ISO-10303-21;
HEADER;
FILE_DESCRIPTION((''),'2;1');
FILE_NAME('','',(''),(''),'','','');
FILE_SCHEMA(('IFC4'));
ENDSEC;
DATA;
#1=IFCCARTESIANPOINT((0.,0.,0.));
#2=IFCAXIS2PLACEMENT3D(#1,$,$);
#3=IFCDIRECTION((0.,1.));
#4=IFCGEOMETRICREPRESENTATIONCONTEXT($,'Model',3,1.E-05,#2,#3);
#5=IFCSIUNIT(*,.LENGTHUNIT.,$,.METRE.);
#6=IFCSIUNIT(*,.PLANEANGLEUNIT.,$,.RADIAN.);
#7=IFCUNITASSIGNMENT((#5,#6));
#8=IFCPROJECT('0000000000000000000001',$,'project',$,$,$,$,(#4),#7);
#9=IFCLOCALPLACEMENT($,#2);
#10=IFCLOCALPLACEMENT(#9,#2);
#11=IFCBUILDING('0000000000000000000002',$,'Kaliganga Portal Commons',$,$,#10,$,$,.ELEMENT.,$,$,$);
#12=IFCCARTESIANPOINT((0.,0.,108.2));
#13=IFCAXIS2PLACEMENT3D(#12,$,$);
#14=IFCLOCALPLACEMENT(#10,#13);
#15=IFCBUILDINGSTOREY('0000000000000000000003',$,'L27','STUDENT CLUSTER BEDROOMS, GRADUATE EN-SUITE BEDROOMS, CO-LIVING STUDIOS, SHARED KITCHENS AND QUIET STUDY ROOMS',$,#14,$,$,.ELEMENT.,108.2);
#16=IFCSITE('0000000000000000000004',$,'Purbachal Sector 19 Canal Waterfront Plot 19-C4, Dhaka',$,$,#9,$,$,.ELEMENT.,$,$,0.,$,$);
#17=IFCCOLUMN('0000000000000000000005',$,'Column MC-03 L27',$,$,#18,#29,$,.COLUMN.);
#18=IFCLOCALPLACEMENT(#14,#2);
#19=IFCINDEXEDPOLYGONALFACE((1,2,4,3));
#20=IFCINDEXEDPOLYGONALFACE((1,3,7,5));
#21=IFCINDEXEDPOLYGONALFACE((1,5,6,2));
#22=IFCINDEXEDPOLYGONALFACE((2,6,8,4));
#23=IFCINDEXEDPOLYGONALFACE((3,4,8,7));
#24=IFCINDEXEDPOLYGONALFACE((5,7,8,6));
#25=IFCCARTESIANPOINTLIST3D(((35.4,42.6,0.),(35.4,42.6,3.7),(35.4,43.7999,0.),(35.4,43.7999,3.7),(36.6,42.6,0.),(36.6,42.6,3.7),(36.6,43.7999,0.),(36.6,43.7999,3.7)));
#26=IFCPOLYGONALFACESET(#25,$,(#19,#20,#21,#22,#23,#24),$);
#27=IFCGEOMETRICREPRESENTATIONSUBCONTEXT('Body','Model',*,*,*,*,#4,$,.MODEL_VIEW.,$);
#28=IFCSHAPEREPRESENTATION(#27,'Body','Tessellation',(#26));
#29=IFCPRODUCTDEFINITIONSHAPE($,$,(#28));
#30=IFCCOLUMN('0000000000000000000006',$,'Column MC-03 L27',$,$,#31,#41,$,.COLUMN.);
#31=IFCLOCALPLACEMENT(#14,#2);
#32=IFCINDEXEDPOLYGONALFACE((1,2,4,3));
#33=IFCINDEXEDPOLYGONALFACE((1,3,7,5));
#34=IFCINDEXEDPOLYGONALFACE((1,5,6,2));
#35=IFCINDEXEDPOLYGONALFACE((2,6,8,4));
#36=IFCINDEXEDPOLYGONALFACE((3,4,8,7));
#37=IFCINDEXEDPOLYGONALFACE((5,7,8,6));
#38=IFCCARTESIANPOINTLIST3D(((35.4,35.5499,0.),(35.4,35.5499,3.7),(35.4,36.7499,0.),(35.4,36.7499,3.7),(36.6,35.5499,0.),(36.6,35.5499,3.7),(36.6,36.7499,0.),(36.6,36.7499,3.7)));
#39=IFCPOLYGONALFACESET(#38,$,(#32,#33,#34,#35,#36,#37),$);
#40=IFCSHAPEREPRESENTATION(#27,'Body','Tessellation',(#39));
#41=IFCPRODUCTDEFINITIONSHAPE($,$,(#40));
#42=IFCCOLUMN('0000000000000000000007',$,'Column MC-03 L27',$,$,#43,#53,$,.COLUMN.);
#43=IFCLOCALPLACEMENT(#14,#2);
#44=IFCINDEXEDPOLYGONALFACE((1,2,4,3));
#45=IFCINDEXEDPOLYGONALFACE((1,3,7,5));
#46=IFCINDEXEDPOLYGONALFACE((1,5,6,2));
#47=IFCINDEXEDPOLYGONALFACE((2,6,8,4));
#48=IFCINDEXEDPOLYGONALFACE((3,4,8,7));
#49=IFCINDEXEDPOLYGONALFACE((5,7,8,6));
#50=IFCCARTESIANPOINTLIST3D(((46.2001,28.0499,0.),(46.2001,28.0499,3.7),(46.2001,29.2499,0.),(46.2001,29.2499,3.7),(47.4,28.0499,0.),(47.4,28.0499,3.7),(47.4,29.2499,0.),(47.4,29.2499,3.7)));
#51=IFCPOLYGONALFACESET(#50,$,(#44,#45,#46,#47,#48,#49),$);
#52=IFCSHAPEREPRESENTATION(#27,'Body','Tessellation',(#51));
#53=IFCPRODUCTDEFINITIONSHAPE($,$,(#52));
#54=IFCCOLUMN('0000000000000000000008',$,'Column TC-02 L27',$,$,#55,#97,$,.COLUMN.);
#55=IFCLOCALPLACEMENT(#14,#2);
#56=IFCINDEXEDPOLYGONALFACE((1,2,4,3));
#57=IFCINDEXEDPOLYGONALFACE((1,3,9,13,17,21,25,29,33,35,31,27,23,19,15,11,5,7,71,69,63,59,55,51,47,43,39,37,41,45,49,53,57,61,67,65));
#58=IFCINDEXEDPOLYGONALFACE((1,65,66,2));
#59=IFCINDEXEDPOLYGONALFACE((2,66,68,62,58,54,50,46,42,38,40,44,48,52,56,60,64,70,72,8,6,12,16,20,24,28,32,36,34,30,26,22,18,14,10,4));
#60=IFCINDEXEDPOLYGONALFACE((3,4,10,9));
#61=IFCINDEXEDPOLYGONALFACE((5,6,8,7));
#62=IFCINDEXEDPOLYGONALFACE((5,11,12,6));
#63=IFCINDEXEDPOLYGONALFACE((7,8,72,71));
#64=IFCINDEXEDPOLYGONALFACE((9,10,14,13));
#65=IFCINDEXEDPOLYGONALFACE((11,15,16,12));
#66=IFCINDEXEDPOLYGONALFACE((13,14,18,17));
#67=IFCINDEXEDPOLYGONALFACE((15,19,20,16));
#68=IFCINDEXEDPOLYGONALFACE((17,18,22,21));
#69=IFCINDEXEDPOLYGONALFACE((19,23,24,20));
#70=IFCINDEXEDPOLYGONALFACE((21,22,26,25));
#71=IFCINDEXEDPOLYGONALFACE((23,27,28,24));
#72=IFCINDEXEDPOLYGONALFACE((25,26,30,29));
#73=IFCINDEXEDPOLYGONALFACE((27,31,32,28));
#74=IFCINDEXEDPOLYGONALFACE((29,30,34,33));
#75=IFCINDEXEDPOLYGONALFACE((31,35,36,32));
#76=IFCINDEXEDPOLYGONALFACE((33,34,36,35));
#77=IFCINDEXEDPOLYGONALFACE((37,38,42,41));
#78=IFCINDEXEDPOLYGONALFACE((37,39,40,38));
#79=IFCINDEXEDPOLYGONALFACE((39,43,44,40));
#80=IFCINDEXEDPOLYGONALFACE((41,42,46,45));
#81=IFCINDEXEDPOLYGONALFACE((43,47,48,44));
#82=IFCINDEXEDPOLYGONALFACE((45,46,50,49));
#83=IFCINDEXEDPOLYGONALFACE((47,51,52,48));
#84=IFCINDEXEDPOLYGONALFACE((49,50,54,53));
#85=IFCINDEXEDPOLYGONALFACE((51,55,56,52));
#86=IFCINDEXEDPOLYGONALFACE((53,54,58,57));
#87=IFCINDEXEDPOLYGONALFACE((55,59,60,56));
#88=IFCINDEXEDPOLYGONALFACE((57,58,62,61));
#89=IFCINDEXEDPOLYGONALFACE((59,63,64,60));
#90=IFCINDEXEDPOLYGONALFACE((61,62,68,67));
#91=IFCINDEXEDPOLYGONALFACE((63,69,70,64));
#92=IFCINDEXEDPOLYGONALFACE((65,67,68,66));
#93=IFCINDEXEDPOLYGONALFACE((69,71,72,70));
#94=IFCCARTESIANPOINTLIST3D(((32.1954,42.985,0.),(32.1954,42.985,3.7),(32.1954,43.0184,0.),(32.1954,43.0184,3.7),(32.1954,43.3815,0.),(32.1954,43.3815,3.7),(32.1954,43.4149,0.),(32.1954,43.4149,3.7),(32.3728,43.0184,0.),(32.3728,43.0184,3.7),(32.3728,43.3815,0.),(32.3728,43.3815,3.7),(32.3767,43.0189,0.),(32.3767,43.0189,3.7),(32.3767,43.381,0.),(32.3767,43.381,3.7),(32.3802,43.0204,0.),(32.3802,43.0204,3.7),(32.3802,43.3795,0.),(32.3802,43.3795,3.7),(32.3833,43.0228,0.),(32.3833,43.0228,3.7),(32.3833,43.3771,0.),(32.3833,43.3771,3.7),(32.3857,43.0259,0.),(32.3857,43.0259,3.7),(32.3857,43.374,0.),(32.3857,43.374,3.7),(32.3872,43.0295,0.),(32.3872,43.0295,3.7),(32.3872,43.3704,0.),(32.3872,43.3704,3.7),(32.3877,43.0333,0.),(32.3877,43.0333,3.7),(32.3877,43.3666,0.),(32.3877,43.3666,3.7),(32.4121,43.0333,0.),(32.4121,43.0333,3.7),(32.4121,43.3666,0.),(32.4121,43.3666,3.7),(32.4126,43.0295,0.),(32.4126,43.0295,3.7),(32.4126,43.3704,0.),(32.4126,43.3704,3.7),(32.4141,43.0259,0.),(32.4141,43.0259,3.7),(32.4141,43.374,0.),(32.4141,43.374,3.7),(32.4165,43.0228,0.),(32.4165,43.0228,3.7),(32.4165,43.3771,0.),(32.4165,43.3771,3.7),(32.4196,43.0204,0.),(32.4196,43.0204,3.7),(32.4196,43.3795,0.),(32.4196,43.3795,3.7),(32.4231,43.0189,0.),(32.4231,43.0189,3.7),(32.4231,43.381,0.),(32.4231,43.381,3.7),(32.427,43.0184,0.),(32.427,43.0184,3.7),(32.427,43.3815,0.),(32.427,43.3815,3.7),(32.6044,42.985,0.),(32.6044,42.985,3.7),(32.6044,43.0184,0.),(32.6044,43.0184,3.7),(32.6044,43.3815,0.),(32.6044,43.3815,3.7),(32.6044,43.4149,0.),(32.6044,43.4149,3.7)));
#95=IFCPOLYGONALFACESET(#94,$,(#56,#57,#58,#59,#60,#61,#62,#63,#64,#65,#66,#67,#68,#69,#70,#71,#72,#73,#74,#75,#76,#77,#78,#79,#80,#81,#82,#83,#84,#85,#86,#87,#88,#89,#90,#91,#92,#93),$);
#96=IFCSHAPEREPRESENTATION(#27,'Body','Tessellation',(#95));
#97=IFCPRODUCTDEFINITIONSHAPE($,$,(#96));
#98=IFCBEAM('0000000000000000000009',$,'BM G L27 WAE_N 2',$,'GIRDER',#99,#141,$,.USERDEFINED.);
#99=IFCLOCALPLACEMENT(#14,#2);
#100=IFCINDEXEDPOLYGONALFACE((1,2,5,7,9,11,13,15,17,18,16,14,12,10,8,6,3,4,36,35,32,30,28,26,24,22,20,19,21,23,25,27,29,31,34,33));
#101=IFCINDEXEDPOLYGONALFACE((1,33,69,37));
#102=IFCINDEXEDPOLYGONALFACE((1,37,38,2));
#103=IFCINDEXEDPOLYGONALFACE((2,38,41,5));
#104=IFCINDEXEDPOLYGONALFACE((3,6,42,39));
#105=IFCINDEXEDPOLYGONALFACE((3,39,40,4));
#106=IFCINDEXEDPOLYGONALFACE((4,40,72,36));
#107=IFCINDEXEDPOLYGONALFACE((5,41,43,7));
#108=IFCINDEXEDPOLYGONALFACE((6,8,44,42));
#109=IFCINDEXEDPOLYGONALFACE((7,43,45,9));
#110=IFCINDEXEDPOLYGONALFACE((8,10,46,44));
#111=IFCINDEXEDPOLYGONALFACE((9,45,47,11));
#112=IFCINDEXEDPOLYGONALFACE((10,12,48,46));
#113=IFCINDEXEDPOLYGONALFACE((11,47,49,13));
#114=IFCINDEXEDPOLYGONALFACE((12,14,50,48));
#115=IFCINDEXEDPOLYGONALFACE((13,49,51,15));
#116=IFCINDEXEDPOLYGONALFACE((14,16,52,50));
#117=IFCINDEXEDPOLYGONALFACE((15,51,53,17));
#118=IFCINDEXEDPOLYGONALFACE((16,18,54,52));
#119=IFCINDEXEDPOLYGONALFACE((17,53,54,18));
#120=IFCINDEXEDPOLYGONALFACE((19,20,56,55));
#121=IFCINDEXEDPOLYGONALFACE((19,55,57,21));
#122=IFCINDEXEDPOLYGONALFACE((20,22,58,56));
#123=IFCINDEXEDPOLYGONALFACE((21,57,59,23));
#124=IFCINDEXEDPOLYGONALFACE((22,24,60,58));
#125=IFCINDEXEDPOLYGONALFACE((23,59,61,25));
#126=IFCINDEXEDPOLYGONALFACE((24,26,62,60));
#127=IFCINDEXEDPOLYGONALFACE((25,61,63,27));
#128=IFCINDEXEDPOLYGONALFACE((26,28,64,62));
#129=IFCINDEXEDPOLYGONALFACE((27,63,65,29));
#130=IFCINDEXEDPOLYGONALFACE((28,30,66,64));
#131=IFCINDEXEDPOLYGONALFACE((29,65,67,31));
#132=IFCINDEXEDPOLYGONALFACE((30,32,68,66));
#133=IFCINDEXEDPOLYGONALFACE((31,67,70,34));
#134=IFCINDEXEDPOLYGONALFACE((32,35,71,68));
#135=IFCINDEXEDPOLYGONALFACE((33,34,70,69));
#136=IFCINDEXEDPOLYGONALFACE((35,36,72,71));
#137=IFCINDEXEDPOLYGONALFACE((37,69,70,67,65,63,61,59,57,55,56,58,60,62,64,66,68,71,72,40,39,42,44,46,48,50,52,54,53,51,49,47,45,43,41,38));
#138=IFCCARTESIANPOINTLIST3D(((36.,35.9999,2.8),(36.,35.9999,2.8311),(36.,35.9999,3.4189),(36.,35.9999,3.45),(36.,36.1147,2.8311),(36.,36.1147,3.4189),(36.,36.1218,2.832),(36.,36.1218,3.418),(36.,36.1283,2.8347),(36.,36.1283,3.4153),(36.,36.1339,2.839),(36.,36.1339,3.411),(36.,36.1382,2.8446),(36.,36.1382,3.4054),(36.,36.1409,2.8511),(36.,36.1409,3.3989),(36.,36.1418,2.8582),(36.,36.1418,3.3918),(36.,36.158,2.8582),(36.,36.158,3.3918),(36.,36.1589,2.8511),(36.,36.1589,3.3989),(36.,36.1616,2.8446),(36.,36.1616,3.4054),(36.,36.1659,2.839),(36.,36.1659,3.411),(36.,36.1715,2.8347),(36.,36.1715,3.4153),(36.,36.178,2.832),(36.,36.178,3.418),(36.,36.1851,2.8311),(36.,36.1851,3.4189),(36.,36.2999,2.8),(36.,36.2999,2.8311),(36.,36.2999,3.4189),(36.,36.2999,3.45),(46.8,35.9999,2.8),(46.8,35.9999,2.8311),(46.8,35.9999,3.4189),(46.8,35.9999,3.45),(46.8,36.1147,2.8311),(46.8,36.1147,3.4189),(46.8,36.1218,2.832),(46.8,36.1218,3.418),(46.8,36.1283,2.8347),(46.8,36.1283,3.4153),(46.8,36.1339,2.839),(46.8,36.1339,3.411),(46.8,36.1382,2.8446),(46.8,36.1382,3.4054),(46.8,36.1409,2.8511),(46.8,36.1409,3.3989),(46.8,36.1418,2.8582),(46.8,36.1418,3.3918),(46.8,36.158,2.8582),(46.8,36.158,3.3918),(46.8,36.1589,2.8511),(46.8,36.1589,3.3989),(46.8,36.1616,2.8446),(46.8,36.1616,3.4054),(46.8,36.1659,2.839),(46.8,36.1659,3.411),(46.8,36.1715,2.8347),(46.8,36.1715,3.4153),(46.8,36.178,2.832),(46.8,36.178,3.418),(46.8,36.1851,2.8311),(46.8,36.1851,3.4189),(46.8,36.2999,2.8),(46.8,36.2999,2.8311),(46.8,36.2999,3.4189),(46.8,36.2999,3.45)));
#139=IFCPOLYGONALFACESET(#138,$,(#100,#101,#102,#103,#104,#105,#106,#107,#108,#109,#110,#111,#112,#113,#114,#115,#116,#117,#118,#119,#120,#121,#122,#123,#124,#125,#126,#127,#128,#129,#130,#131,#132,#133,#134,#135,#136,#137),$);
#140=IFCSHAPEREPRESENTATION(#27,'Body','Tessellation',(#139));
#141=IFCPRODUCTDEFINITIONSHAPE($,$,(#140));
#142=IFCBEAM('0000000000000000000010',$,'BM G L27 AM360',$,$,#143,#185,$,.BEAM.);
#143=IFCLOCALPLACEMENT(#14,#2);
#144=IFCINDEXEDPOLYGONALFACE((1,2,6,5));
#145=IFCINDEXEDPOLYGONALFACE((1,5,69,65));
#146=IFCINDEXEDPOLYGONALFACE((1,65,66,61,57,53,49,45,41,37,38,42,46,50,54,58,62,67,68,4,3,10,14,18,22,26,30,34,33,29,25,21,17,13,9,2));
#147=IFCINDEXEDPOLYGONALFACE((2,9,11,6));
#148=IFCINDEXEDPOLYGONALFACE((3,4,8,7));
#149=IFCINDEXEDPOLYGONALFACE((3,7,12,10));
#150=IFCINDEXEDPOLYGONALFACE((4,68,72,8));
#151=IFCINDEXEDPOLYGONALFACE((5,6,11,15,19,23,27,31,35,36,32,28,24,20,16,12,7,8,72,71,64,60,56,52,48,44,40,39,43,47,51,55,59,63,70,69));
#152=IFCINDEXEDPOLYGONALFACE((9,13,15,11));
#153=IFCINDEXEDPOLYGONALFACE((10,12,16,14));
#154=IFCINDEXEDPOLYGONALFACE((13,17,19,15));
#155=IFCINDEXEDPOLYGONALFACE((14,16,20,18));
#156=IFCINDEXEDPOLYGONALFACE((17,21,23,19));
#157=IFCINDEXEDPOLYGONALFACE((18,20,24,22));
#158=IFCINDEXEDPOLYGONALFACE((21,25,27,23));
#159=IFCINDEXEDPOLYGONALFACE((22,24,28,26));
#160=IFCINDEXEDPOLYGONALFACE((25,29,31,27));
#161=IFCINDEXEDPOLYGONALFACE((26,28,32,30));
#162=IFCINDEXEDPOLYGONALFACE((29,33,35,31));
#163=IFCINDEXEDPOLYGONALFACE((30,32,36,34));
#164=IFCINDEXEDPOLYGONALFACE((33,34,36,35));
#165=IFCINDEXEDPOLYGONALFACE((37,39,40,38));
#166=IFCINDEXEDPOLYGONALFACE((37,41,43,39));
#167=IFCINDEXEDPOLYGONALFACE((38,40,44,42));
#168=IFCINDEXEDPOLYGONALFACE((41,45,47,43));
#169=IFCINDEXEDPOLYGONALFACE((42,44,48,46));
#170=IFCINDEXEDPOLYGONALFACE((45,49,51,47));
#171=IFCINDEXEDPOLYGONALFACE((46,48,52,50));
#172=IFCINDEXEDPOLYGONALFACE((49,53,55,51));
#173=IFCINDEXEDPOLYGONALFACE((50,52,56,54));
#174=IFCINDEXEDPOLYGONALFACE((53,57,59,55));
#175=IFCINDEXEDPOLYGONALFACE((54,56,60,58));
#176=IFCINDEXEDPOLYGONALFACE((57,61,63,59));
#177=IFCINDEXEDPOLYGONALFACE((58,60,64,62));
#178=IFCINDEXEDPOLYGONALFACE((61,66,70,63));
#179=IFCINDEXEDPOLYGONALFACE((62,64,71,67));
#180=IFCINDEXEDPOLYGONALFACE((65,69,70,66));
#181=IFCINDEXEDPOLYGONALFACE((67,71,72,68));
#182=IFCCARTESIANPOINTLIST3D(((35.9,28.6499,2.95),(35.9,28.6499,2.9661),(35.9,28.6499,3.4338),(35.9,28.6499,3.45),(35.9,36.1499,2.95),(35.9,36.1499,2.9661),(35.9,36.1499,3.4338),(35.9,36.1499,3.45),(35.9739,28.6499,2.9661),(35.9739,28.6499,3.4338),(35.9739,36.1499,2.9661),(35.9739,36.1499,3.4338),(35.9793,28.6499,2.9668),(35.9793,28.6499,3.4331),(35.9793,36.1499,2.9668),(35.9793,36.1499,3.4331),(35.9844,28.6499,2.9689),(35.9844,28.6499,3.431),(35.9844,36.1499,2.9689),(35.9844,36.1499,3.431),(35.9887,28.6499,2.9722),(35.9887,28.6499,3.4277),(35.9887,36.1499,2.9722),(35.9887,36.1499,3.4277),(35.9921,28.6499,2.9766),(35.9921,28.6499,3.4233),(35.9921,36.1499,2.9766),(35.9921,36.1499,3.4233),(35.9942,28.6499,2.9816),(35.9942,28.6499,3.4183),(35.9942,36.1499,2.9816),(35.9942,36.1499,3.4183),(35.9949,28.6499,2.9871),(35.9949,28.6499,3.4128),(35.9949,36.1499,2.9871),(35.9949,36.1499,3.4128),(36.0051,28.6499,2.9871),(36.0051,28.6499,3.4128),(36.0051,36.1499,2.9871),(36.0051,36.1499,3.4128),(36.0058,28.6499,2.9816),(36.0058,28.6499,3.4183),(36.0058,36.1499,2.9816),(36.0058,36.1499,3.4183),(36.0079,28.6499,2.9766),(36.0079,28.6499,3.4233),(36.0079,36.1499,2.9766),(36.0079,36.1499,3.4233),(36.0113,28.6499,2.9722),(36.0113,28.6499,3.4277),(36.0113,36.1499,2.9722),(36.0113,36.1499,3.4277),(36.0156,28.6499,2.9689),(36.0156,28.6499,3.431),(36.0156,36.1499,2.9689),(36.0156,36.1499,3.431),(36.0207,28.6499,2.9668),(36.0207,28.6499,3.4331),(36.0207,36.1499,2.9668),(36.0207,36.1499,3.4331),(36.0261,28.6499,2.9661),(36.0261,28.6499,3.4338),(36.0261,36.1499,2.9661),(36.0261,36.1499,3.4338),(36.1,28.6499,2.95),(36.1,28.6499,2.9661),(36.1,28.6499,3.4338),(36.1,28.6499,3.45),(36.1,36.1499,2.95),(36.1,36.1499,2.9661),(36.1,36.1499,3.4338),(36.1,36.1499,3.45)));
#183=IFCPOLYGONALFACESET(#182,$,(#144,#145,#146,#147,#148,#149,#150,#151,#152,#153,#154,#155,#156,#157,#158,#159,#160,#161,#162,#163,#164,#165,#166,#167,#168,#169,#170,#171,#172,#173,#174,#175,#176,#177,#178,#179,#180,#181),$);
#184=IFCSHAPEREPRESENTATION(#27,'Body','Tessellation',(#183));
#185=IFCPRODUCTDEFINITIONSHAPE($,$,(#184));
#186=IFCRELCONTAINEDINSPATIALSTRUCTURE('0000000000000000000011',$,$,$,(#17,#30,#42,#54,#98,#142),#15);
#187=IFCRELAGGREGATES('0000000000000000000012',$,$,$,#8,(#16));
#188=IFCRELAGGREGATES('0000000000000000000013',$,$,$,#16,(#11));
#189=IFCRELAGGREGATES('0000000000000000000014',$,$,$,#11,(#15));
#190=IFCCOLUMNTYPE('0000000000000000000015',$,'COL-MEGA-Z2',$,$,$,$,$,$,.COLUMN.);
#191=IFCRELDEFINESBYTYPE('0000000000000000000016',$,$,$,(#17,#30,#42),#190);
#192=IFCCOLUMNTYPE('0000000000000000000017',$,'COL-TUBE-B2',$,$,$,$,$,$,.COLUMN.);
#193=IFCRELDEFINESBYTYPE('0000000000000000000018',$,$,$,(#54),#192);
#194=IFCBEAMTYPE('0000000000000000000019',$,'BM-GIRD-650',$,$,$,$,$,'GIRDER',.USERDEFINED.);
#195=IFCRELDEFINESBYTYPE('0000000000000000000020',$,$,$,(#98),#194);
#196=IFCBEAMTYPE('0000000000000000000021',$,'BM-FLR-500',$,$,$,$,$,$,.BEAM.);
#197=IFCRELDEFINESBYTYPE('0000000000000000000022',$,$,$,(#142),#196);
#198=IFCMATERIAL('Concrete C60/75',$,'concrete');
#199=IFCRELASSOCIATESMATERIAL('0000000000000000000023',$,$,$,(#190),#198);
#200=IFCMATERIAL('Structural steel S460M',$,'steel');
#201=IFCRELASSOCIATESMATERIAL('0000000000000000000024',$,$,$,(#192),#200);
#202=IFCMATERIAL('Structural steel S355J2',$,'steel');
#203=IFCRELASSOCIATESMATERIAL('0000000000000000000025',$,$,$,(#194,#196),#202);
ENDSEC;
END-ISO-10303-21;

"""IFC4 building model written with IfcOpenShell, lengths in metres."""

from ifc_helpers import new_model, si_unit, direction, frame, origin, origin_2d, place, context, subcontext, project, spatial, rectangle, i_section, extrude, source, transform, mapped, material, material_profile, profile_set, type_object, element, save


model = new_model("IFC4")

# Units and contexts
model_context = context("Model", 3, precision=1e-05, world=origin(), true_north=direction((0.0, 1.0)))
body_context = subcontext(model_context, "Body", "Model", "MODEL_VIEW")
ifc_project = project(units=[si_unit("LENGTHUNIT", "METRE"), si_unit("PLANEANGLEUNIT", "RADIAN")], contexts=[model_context])

# Site, building, storey
site_placement = place(None, origin())
site = spatial("IfcSite", under=ifc_project, at=site_placement, Name="Purbachal Sector 19 Canal Waterfront Plot 19-C4, Dhaka", CompositionType="ELEMENT", RefElevation=0.0)
building_placement = place(site_placement, origin())
building = spatial("IfcBuilding", under=site, at=building_placement, Name="Kaliganga Portal Commons", CompositionType="ELEMENT")
storey_placement = place(building_placement, frame((0.0, 0.0, 108.2)))
storey = spatial("IfcBuildingStorey", under=building, at=storey_placement, Name="L27", Description="STUDENT CLUSTER BEDROOMS, GRADUATE EN-SUITE BEDROOMS, CO-LIVING STUDIOS, SHARED KITCHENS AND QUIET STUDY ROOMS", CompositionType="ELEMENT", Elevation=108.2)

# Columns
ifc_material_1 = material(Name="Concrete C60/75", Category="concrete")
ifc_material_profile_1 = material_profile(ifc_material_1, rectangle(XDim=1.2, YDim=1.2, at=origin_2d()), Name="RC 1200x1200")
ifc_profile_set_1 = profile_set([ifc_material_profile_1], Name="Concrete C60/75")
column_type_1 = type_object("IfcColumnType", Name="COL-MEGA-Z2", PredefinedType="COLUMN", material=ifc_profile_set_1)
shared_shape_1 = source(origin(), body_context, "Body", "SweptSolid", [
    extrude(rectangle(XDim=1.2, YDim=1.2, at=origin_2d()), origin(), (0.0, 0.0, 1.0), 3.7),
])
for number, where, z_axis, x_axis, name in (
    (1, (36.0, 43.2, 0.0), (0.0, 0.0, 1.0), (1.0, 0.0, 0.0), "Column MC-03 L27"),
    (2, (36.0, 36.1499, 0.0), (0.0, 0.0, 1.0), (1.0, 0.0, 0.0), "Column MC-03 L27"),
    (3, (46.8, 28.6499, 0.0), (0.0, 0.0, 1.0), (1.0, 0.0, 0.0), "Column MC-03 L27"),
):
    element("IfcColumn", number, at=place(storey_placement, frame(where, z_axis=z_axis, x_axis=x_axis)), inside=storey, type_object=column_type_1, Name=name, PredefinedType="COLUMN", context=body_context, shape_type="MappedRepresentation", body=[
        mapped(shared_shape_1, transform((0.0, 0.0, 0.0), x_axis=(1.0, 0.0, 0.0), y_axis=(0.0, 1.0, 0.0), z_axis=(0.0, 0.0, 1.0), scale=1.0)),
    ])
ifc_material_2 = material(Name="Structural steel S460M", Category="steel")
ifc_material_profile_2 = material_profile(ifc_material_2, i_section(OverallWidth=0.4089, OverallDepth=0.4299, WebThickness=0.0244, FlangeThickness=0.0334, FilletRadius=0.0149, at=origin_2d()), Name="HD 400x421")
ifc_profile_set_2 = profile_set([ifc_material_profile_2], Name="Structural steel S460M wide-flange")
column_type_2 = type_object("IfcColumnType", Name="COL-TUBE-B2", PredefinedType="COLUMN", material=ifc_profile_set_2)
shared_shape_2 = source(origin(), body_context, "Body", "SweptSolid", [
    extrude(i_section(OverallWidth=0.4089, OverallDepth=0.4299, WebThickness=0.0244, FlangeThickness=0.0334, FilletRadius=0.0149, at=origin_2d()), origin(), (0.0, 0.0, 1.0), 3.7),
])
column_placement = place(storey_placement, frame((32.3999, 43.2, 0.0), z_axis=(0.0, 0.0, 1.0), x_axis=(1.0, 0.0, 0.0)))
element("IfcColumn", 4, at=column_placement, inside=storey, type_object=column_type_2, Name="Column TC-02 L27", PredefinedType="COLUMN", context=body_context, shape_type="MappedRepresentation", body=[
    mapped(shared_shape_2, transform((0.0, 0.0, 0.0), x_axis=(1.0, 0.0, 0.0), y_axis=(0.0, 1.0, 0.0), z_axis=(0.0, 0.0, 1.0), scale=1.0)),
])

# Beams
ifc_material_3 = material(Name="Structural steel S355J2", Category="steel")
ifc_material_profile_3 = material_profile(ifc_material_3, i_section(OverallWidth=0.3, OverallDepth=0.6499, WebThickness=0.0161, FlangeThickness=0.031, FilletRadius=0.0271, at=origin_2d()), Name="HE 650 B")
ifc_profile_set_3 = profile_set([ifc_material_profile_3], Name="Structural steel S355J2 wide-flange")
beam_type_1 = type_object("IfcBeamType", Name="BM-GIRD-650", ElementType="GIRDER", PredefinedType="USERDEFINED", material=ifc_profile_set_3)
shared_shape_3 = source(origin(), body_context, "Body", "SweptSolid", [
    extrude(i_section(OverallWidth=0.3, OverallDepth=0.6499, WebThickness=0.0161, FlangeThickness=0.031, FilletRadius=0.0271, at=origin_2d()), origin(), (0.0, 0.0, 1.0), 10.8),
])
beam_1_placement = place(storey_placement, frame((36.0, 36.1499, 3.125), z_axis=(1.0, 0.0, 0.0), x_axis=(0.0, 1.0, 0.0)))
element("IfcBeam", 5, at=beam_1_placement, inside=storey, type_object=beam_type_1, Name="BM G L27 WAE_N 2", ObjectType="GIRDER", PredefinedType="USERDEFINED", context=body_context, shape_type="MappedRepresentation", body=[
    mapped(shared_shape_3, transform((0.0, 0.0, 0.0), x_axis=(1.0, 0.0, 0.0), y_axis=(0.0, 1.0, 0.0), z_axis=(0.0, 0.0, 1.0), scale=1.0)),
])
ifc_material_profile_4 = material_profile(ifc_material_3, i_section(OverallWidth=0.2, OverallDepth=0.5, WebThickness=0.0103, FlangeThickness=0.0161, FilletRadius=0.021, at=origin_2d()), Name="IPE 500")
ifc_profile_set_4 = profile_set([ifc_material_profile_4], Name="Structural steel S355J2 wide-flange")
beam_type_2 = type_object("IfcBeamType", Name="BM-FLR-500", PredefinedType="BEAM", material=ifc_profile_set_4)
shared_shape_4 = source(origin(), body_context, "Body", "SweptSolid", [
    extrude(i_section(OverallWidth=0.2, OverallDepth=0.5, WebThickness=0.0103, FlangeThickness=0.0161, FilletRadius=0.021, at=origin_2d()), origin(), (0.0, 0.0, 1.0), 7.5),
])
for number, where, z_axis, x_axis, name in (
    (6, (36.0, 28.6499, 3.2), (0.0, 1.0, 0.0), (-1.0, 0.0, 0.0), "BM G L27 AM360"),
):
    element("IfcBeam", number, at=place(storey_placement, frame(where, z_axis=z_axis, x_axis=x_axis)), inside=storey, type_object=beam_type_2, Name=name, PredefinedType="BEAM", context=body_context, shape_type="MappedRepresentation", body=[
        mapped(shared_shape_4, transform((0.0, 0.0, 0.0), x_axis=(1.0, 0.0, 0.0), y_axis=(0.0, 1.0, 0.0), z_axis=(0.0, 0.0, 1.0), scale=1.0)),
    ])

save(model, "model.ifc")
